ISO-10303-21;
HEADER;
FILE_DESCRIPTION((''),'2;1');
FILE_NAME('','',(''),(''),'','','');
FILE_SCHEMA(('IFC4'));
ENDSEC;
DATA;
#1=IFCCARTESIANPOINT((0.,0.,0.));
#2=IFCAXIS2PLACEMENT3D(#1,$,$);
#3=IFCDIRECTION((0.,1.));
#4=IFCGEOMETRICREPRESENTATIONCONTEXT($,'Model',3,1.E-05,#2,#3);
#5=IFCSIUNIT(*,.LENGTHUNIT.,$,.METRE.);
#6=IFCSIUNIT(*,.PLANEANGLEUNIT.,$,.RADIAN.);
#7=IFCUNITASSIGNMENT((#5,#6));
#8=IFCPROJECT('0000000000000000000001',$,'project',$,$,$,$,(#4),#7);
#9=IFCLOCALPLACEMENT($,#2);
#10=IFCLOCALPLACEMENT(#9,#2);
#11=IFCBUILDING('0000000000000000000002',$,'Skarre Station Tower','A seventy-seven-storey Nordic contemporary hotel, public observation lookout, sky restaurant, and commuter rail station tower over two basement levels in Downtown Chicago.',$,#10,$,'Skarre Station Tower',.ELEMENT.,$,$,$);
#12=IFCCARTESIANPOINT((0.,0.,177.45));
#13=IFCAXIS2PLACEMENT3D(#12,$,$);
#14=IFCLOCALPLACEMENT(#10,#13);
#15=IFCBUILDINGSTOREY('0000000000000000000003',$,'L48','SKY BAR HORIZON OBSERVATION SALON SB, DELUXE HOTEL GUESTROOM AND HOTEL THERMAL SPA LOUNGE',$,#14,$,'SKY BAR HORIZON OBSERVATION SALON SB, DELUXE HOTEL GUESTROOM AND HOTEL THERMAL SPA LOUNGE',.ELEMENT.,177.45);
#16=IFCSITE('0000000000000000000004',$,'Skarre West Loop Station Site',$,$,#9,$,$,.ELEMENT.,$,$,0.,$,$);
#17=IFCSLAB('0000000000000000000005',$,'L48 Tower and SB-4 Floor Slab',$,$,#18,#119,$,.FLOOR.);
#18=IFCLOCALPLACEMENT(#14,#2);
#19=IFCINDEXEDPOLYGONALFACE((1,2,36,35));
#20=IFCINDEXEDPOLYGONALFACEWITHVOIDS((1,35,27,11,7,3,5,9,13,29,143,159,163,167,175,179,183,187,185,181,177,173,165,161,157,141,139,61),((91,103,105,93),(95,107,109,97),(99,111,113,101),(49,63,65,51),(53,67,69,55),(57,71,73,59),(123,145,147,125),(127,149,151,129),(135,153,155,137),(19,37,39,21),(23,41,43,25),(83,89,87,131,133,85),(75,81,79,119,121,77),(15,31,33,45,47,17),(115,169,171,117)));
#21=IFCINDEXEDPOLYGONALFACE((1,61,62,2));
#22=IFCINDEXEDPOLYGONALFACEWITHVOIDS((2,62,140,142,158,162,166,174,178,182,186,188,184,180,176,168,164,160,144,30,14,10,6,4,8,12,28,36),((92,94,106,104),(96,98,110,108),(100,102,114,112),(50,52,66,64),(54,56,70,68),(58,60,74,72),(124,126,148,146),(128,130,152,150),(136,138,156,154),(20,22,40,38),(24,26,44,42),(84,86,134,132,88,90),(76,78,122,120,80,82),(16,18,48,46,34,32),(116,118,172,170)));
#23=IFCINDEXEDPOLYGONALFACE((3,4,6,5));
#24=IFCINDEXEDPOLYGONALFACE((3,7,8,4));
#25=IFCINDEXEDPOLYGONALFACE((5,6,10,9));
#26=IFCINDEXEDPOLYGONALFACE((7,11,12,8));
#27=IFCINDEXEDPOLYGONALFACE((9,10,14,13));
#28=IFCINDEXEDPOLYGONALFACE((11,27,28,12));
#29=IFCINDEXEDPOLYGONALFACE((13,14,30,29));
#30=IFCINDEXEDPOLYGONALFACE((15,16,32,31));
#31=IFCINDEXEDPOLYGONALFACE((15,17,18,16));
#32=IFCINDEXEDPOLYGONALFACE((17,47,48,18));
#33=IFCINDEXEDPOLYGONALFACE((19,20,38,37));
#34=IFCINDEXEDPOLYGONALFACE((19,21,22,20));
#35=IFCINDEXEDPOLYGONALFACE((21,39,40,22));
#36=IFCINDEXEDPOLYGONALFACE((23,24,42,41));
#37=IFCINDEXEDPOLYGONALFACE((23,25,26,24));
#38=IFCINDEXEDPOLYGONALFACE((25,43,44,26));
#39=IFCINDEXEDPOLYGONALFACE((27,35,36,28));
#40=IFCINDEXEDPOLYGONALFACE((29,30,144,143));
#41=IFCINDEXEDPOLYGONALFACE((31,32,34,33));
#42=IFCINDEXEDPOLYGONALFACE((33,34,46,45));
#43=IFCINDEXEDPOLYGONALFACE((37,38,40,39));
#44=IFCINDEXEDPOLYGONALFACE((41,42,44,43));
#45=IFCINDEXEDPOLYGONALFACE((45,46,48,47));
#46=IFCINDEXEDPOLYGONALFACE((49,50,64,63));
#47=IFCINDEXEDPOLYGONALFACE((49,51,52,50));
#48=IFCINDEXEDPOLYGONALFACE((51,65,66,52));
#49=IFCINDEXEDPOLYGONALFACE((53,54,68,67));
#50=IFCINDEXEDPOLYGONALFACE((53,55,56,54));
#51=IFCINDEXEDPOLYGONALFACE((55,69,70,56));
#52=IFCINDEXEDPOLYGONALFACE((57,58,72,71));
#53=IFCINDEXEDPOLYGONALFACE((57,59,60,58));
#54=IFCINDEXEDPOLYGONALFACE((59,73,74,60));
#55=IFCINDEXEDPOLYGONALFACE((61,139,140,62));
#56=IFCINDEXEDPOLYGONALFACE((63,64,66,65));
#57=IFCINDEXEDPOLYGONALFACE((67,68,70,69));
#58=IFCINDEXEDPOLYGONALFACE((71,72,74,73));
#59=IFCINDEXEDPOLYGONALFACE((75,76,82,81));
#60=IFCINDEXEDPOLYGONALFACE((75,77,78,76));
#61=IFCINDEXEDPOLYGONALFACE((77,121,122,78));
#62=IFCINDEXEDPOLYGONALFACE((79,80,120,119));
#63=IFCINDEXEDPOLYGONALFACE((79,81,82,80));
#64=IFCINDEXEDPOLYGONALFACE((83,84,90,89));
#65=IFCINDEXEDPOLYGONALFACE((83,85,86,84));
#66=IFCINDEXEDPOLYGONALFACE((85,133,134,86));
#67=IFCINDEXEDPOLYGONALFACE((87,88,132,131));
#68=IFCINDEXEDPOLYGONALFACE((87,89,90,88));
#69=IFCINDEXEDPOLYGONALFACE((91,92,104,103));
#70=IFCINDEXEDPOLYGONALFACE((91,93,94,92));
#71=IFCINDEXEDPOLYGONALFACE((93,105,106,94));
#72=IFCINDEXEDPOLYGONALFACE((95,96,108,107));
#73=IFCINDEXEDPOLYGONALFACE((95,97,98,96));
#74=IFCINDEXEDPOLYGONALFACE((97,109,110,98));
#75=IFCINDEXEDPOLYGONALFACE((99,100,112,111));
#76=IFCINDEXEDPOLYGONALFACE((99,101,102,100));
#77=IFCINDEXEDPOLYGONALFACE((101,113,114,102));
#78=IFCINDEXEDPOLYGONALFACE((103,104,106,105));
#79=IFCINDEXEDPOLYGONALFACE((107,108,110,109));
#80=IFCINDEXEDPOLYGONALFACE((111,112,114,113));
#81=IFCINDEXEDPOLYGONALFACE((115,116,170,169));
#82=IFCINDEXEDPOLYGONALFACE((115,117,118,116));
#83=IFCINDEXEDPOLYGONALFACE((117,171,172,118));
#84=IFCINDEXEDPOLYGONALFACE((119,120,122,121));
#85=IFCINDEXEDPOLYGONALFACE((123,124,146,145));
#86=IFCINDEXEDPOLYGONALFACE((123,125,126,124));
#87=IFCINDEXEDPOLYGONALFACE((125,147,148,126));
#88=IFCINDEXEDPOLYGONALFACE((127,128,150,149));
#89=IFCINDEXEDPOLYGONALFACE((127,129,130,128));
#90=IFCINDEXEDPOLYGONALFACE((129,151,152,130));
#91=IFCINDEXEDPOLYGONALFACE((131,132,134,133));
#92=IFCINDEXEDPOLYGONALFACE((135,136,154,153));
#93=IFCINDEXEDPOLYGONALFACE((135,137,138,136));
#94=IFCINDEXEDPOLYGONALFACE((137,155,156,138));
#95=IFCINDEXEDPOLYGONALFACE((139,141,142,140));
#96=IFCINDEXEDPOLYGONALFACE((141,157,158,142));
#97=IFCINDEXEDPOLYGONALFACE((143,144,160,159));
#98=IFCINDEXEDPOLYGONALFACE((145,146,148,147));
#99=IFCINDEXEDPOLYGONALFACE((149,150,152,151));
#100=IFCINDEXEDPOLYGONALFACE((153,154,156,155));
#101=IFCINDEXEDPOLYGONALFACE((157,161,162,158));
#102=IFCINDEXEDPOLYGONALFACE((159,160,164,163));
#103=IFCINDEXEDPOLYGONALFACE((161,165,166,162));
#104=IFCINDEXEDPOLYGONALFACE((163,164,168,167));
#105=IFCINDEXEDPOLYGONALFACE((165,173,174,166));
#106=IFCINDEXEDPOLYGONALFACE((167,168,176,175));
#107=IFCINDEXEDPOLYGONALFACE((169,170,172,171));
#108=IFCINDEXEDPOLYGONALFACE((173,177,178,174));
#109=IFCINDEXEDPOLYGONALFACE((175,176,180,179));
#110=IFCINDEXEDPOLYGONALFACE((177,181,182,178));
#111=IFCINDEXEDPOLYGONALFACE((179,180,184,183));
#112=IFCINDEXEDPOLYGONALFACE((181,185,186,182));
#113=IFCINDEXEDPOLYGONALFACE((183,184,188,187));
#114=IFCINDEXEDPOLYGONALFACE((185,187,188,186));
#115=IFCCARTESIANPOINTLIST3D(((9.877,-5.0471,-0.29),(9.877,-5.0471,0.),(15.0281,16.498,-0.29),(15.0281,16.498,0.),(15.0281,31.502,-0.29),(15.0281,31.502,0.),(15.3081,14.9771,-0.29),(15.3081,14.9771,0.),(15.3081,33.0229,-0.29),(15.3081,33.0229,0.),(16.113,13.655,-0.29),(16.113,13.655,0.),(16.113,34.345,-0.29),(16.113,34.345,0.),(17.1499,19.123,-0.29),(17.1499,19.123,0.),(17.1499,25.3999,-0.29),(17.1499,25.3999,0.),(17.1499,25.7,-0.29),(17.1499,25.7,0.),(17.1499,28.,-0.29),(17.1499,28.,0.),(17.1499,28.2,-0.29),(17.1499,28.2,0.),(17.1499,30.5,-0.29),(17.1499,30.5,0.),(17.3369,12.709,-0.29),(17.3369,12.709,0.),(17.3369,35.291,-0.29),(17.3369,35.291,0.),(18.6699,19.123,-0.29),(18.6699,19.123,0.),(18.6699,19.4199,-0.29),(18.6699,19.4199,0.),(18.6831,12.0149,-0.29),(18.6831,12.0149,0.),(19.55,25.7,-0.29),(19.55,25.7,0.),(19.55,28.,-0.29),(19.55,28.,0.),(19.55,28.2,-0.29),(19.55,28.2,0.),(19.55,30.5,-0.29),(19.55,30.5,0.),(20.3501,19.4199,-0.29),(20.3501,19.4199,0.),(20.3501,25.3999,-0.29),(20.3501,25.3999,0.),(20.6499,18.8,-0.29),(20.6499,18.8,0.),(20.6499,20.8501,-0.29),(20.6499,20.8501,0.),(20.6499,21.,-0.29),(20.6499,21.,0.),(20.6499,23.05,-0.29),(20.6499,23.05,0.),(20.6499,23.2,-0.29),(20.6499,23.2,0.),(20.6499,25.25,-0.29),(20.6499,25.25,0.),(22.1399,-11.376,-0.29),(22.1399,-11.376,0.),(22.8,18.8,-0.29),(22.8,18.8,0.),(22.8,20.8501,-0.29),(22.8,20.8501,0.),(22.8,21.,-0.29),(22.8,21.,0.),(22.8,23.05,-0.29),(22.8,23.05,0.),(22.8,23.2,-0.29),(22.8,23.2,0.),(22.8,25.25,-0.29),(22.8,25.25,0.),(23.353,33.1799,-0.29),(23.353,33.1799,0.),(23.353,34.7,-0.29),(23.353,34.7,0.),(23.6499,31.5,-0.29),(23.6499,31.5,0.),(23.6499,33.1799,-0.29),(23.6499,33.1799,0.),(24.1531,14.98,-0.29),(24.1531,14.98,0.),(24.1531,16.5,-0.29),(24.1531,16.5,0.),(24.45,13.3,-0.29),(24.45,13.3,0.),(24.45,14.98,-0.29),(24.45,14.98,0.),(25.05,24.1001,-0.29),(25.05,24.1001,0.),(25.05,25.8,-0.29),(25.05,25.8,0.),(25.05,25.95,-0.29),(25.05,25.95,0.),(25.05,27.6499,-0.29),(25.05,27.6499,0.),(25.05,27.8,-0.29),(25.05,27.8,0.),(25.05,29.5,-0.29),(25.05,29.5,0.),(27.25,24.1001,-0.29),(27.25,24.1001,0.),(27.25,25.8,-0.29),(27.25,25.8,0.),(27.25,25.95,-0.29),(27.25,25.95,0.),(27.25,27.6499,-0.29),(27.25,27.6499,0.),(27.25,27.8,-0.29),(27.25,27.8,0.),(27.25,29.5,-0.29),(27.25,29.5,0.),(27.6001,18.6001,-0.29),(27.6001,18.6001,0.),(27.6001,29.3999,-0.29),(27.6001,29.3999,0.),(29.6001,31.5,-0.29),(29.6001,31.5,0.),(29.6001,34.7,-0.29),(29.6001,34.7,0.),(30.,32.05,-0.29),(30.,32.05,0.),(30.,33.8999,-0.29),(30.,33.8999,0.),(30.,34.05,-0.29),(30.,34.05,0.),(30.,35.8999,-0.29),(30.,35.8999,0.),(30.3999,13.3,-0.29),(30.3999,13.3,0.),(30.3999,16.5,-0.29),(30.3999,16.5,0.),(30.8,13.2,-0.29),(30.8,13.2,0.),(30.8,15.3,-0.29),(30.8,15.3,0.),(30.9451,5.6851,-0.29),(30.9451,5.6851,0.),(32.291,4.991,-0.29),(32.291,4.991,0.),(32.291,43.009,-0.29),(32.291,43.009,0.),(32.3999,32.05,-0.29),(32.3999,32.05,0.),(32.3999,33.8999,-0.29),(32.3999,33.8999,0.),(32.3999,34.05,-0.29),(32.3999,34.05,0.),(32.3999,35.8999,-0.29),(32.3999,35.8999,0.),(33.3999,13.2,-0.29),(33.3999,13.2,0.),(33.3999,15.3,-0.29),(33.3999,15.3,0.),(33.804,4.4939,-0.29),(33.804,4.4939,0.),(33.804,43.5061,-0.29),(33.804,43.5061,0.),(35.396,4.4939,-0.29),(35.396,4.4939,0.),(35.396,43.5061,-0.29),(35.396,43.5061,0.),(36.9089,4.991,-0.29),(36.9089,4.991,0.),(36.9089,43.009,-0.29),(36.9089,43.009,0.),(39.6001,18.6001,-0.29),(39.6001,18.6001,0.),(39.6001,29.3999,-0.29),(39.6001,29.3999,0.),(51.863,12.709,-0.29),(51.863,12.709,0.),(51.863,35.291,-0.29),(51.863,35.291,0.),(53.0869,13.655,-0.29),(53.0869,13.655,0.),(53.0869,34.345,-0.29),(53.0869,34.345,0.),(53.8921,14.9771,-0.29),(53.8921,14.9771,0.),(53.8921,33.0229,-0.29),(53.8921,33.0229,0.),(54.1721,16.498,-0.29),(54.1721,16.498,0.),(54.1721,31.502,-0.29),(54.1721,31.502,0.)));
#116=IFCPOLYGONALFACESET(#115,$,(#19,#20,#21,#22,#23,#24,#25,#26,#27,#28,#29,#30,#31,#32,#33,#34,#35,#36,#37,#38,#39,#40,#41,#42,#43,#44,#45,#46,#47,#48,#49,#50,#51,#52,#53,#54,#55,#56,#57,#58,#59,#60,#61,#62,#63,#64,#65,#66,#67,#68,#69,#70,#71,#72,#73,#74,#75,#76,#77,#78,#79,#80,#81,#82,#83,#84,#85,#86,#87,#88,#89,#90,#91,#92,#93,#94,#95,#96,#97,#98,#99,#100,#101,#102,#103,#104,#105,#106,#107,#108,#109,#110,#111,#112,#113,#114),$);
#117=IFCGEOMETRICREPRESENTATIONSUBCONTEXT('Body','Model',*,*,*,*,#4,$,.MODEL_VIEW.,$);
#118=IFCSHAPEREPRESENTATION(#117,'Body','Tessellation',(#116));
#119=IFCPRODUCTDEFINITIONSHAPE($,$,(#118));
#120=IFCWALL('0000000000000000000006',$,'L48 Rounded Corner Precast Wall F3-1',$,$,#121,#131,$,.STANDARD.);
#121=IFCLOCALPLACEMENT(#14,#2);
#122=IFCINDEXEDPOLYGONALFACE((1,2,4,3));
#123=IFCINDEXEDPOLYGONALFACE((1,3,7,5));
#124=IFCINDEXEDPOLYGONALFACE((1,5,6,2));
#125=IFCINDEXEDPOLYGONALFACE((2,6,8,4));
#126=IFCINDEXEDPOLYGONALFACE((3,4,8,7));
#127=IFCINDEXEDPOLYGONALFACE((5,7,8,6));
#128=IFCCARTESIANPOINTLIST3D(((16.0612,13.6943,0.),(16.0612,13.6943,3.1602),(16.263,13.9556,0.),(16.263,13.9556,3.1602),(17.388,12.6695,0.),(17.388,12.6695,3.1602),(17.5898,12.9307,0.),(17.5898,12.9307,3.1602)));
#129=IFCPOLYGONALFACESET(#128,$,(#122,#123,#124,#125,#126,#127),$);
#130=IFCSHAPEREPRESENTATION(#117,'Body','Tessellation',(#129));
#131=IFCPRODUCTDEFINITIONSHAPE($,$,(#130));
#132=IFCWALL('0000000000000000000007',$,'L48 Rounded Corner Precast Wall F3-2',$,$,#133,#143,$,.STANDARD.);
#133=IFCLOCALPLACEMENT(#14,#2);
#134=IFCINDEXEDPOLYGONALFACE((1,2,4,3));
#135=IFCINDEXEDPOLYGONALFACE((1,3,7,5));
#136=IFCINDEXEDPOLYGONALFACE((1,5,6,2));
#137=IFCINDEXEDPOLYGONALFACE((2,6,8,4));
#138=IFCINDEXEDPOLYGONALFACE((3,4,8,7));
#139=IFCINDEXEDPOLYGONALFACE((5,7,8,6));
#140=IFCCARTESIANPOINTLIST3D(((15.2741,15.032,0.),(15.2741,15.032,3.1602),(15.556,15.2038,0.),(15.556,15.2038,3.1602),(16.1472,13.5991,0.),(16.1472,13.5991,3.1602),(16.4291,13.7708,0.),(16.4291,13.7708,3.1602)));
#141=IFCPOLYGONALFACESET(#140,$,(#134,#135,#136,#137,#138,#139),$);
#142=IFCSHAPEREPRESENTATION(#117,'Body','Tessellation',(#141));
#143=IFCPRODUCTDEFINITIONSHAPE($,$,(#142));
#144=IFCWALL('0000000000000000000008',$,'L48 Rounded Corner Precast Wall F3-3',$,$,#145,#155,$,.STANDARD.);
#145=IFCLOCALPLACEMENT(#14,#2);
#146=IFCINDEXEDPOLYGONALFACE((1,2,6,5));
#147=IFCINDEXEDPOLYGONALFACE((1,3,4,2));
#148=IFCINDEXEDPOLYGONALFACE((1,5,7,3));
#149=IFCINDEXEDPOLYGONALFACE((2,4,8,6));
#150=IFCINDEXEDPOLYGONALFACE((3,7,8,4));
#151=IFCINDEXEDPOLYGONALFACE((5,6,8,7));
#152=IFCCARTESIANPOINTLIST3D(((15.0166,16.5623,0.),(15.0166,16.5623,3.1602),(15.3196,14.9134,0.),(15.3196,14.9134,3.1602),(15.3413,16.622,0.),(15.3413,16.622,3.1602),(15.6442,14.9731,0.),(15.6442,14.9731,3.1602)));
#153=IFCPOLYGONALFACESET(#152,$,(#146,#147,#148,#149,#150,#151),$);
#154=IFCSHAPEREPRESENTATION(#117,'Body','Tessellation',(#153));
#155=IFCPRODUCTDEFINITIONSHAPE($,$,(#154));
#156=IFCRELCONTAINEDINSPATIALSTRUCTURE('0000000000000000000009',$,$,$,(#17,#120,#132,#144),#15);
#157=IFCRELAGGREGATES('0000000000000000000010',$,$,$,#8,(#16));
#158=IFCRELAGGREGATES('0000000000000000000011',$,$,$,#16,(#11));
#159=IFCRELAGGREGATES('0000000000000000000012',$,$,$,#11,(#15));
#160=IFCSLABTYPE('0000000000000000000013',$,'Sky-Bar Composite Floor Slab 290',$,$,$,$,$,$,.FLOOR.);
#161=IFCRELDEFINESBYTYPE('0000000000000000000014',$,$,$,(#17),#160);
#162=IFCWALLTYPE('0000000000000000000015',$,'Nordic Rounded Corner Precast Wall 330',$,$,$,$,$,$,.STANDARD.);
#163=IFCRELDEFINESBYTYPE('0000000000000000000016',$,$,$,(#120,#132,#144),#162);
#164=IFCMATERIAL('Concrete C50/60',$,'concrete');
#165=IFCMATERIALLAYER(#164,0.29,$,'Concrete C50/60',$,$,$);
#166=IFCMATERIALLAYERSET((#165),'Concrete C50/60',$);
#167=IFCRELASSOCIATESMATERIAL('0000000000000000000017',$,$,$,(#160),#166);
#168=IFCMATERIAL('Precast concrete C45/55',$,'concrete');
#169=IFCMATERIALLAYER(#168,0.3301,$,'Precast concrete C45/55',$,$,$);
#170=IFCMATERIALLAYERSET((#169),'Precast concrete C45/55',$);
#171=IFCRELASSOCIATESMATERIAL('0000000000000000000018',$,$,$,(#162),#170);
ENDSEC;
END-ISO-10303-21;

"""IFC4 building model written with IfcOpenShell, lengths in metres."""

from ifc_helpers import new_model, si_unit, direction, frame, frame_2d, origin, place, context, subcontext, project, spatial, polyline, rectangle, outline, extrude, material, layer, layer_set, type_object, element, save


model = new_model("IFC4")

# Units and contexts
model_context = context("Model", 3, precision=1e-05, world=origin(), true_north=direction((0.0, 1.0)))
body_context = subcontext(model_context, "Body", "Model", "MODEL_VIEW")
ifc_project = project(units=[si_unit("LENGTHUNIT", "METRE"), si_unit("PLANEANGLEUNIT", "RADIAN")], contexts=[model_context])

# Site, building, storey
site_placement = place(None, origin())
site = spatial("IfcSite", under=ifc_project, at=site_placement, Name="Skarre West Loop Station Site", CompositionType="ELEMENT", RefElevation=0.0)
building_placement = place(site_placement, origin())
building = spatial("IfcBuilding", under=site, at=building_placement, Name="Skarre Station Tower", Description="A seventy-seven-storey Nordic contemporary hotel, public observation lookout, sky restaurant, and commuter rail station tower over two basement levels in Downtown Chicago.", LongName="Skarre Station Tower", CompositionType="ELEMENT")
storey_placement = place(building_placement, frame((0.0, 0.0, 177.45)))
storey = spatial("IfcBuildingStorey", under=building, at=storey_placement, Name="L48", Description="SKY BAR HORIZON OBSERVATION SALON SB, DELUXE HOTEL GUESTROOM AND HOTEL THERMAL SPA LOUNGE", LongName="SKY BAR HORIZON OBSERVATION SALON SB, DELUXE HOTEL GUESTROOM AND HOTEL THERMAL SPA LOUNGE", CompositionType="ELEMENT", Elevation=177.45)

# Slab
ifc_material_1 = material(Name="Concrete C50/60", Category="concrete")
ifc_layer_1 = layer(ifc_material_1, 0.29, Name="Concrete C50/60")
ifc_layer_set_1 = layer_set([ifc_layer_1], Name="Concrete C50/60")
slab_type_1 = type_object("IfcSlabType", Name="Sky-Bar Composite Floor Slab 290", PredefinedType="FLOOR", material=ifc_layer_set_1)
slab_1_placement = place(storey_placement, frame((0.0, 0.0, -0.29)))
element("IfcSlab", 1, at=slab_1_placement, inside=storey, type_object=slab_type_1, Name="L48 Tower and SB-4 Floor Slab", PredefinedType="FLOOR", context=body_context, shape_type="SweptSolid", body=[
    extrude(outline(polyline([(30.9451, 5.6851), (32.291, 4.991), (33.804, 4.4939), (35.396, 4.4939), (36.9089, 4.991), (51.863, 12.709), (53.0869, 13.655), (53.8921, 14.9771), (54.1721, 16.498), (54.1721, 31.502), (53.8921, 33.0229), (53.0869, 34.345), (51.863, 35.291), (36.9089, 43.009), (35.396, 43.5061), (33.804, 43.5061), (32.291, 43.009), (17.3369, 35.291), (16.113, 34.345), (15.3081, 33.0229), (15.0281, 31.502), (15.0281, 16.498), (15.3081, 14.9771), (16.113, 13.655), (17.3369, 12.709), (18.6831, 12.0149), (9.877, -5.0471), (22.1399, -11.376), (30.9451, 5.6851)]), holes=[polyline([(18.6699, 19.4199), (18.6699, 19.123), (17.1499, 19.123), (17.1499, 25.3999), (20.3501, 25.3999), (20.3501, 19.4199), (18.6699, 19.4199)]), polyline([(24.45, 14.98), (24.1531, 14.98), (24.1531, 16.5), (30.3999, 16.5), (30.3999, 13.3), (24.45, 13.3), (24.45, 14.98)]), polyline([(23.6499, 33.1799), (23.353, 33.1799), (23.353, 34.7), (29.6001, 34.7), (29.6001, 31.5), (23.6499, 31.5), (23.6499, 33.1799)]), polyline([(17.1499, 28.0), (19.55, 28.0), (19.55, 25.7), (17.1499, 25.7), (17.1499, 28.0)]), polyline([(17.1499, 30.5), (19.55, 30.5), (19.55, 28.2), (17.1499, 28.2), (17.1499, 30.5)]), polyline([(30.8, 15.3), (33.3999, 15.3), (33.3999, 13.2), (30.8, 13.2), (30.8, 15.3)]), polyline([(25.05, 25.8), (27.25, 25.8), (27.25, 24.1001), (25.05, 24.1001), (25.05, 25.8)]), polyline([(25.05, 27.6499), (27.25, 27.6499), (27.25, 25.95), (25.05, 25.95), (25.05, 27.6499)]), polyline([(25.05, 29.5), (27.25, 29.5), (27.25, 27.8), (25.05, 27.8), (25.05, 29.5)]), polyline([(20.6499, 20.8501), (22.8, 20.8501), (22.8, 18.8), (20.6499, 18.8), (20.6499, 20.8501)]), polyline([(20.6499, 23.05), (22.8, 23.05), (22.8, 21.0), (20.6499, 21.0), (20.6499, 23.05)]), polyline([(20.6499, 25.25), (22.8, 25.25), (22.8, 23.2), (20.6499, 23.2), (20.6499, 25.25)]), polyline([(30.0, 33.8999), (32.3999, 33.8999), (32.3999, 32.05), (30.0, 32.05), (30.0, 33.8999)]), polyline([(30.0, 35.8999), (32.3999, 35.8999), (32.3999, 34.05), (30.0, 34.05), (30.0, 35.8999)]), polyline([(27.6001, 29.3999), (39.6001, 29.3999), (39.6001, 18.6001), (27.6001, 18.6001), (27.6001, 29.3999)])]), origin(), (0.0, 0.0, 1.0), 0.29),
])

# Walls
ifc_material_2 = material(Name="Precast concrete C45/55", Category="concrete")
ifc_layer_2 = layer(ifc_material_2, 0.3301, Name="Precast concrete C45/55")
ifc_layer_set_2 = layer_set([ifc_layer_2], Name="Precast concrete C45/55")
wall_type_1 = type_object("IfcWallType", Name="Nordic Rounded Corner Precast Wall 330", PredefinedType="STANDARD", material=ifc_layer_set_2)
wall_1_placement = place(storey_placement, frame((17.489, 12.8, 0.0), z_axis=(0.0, 0.0, 1.0), x_axis=(-0.79141, 0.611286, 0.0)))
element("IfcWall", 2, at=wall_1_placement, inside=storey, type_object=wall_type_1, Name="L48 Rounded Corner Precast Wall F3-1", PredefinedType="STANDARD", context=body_context, shape_type="SweptSolid", body=[
    extrude(rectangle(XDim=1.6765, YDim=0.3301, at=frame_2d((0.8384, 0.0))), origin(), (0.0, 0.0, 1.0), 3.1602),
])
wall_2_placement = place(storey_placement, frame((16.2881, 13.6851, 0.0), z_axis=(0.0, 0.0, 1.0), x_axis=(-0.520325, 0.853968, 0.0)))
element("IfcWall", 3, at=wall_2_placement, inside=storey, type_object=wall_type_1, Name="L48 Rounded Corner Precast Wall F3-2", PredefinedType="STANDARD", context=body_context, shape_type="SweptSolid", body=[
    extrude(rectangle(XDim=1.678, YDim=0.3301, at=frame_2d((0.8389, 0.0))), origin(), (0.0, 0.0, 1.0), 3.1602),
])
wall_3_placement = place(storey_placement, frame((15.4819, 14.9431, 0.0), z_axis=(0.0, 0.0, 1.0), x_axis=(-0.180718, 0.983535, 0.0)))
element("IfcWall", 4, at=wall_3_placement, inside=storey, type_object=wall_type_1, Name="L48 Rounded Corner Precast Wall F3-3", PredefinedType="STANDARD", context=body_context, shape_type="SweptSolid", body=[
    extrude(rectangle(XDim=1.6765, YDim=0.3301, at=frame_2d((0.8384, 0.0))), origin(), (0.0, 0.0, 1.0), 3.1602),
])

save(model, "model.ifc")
